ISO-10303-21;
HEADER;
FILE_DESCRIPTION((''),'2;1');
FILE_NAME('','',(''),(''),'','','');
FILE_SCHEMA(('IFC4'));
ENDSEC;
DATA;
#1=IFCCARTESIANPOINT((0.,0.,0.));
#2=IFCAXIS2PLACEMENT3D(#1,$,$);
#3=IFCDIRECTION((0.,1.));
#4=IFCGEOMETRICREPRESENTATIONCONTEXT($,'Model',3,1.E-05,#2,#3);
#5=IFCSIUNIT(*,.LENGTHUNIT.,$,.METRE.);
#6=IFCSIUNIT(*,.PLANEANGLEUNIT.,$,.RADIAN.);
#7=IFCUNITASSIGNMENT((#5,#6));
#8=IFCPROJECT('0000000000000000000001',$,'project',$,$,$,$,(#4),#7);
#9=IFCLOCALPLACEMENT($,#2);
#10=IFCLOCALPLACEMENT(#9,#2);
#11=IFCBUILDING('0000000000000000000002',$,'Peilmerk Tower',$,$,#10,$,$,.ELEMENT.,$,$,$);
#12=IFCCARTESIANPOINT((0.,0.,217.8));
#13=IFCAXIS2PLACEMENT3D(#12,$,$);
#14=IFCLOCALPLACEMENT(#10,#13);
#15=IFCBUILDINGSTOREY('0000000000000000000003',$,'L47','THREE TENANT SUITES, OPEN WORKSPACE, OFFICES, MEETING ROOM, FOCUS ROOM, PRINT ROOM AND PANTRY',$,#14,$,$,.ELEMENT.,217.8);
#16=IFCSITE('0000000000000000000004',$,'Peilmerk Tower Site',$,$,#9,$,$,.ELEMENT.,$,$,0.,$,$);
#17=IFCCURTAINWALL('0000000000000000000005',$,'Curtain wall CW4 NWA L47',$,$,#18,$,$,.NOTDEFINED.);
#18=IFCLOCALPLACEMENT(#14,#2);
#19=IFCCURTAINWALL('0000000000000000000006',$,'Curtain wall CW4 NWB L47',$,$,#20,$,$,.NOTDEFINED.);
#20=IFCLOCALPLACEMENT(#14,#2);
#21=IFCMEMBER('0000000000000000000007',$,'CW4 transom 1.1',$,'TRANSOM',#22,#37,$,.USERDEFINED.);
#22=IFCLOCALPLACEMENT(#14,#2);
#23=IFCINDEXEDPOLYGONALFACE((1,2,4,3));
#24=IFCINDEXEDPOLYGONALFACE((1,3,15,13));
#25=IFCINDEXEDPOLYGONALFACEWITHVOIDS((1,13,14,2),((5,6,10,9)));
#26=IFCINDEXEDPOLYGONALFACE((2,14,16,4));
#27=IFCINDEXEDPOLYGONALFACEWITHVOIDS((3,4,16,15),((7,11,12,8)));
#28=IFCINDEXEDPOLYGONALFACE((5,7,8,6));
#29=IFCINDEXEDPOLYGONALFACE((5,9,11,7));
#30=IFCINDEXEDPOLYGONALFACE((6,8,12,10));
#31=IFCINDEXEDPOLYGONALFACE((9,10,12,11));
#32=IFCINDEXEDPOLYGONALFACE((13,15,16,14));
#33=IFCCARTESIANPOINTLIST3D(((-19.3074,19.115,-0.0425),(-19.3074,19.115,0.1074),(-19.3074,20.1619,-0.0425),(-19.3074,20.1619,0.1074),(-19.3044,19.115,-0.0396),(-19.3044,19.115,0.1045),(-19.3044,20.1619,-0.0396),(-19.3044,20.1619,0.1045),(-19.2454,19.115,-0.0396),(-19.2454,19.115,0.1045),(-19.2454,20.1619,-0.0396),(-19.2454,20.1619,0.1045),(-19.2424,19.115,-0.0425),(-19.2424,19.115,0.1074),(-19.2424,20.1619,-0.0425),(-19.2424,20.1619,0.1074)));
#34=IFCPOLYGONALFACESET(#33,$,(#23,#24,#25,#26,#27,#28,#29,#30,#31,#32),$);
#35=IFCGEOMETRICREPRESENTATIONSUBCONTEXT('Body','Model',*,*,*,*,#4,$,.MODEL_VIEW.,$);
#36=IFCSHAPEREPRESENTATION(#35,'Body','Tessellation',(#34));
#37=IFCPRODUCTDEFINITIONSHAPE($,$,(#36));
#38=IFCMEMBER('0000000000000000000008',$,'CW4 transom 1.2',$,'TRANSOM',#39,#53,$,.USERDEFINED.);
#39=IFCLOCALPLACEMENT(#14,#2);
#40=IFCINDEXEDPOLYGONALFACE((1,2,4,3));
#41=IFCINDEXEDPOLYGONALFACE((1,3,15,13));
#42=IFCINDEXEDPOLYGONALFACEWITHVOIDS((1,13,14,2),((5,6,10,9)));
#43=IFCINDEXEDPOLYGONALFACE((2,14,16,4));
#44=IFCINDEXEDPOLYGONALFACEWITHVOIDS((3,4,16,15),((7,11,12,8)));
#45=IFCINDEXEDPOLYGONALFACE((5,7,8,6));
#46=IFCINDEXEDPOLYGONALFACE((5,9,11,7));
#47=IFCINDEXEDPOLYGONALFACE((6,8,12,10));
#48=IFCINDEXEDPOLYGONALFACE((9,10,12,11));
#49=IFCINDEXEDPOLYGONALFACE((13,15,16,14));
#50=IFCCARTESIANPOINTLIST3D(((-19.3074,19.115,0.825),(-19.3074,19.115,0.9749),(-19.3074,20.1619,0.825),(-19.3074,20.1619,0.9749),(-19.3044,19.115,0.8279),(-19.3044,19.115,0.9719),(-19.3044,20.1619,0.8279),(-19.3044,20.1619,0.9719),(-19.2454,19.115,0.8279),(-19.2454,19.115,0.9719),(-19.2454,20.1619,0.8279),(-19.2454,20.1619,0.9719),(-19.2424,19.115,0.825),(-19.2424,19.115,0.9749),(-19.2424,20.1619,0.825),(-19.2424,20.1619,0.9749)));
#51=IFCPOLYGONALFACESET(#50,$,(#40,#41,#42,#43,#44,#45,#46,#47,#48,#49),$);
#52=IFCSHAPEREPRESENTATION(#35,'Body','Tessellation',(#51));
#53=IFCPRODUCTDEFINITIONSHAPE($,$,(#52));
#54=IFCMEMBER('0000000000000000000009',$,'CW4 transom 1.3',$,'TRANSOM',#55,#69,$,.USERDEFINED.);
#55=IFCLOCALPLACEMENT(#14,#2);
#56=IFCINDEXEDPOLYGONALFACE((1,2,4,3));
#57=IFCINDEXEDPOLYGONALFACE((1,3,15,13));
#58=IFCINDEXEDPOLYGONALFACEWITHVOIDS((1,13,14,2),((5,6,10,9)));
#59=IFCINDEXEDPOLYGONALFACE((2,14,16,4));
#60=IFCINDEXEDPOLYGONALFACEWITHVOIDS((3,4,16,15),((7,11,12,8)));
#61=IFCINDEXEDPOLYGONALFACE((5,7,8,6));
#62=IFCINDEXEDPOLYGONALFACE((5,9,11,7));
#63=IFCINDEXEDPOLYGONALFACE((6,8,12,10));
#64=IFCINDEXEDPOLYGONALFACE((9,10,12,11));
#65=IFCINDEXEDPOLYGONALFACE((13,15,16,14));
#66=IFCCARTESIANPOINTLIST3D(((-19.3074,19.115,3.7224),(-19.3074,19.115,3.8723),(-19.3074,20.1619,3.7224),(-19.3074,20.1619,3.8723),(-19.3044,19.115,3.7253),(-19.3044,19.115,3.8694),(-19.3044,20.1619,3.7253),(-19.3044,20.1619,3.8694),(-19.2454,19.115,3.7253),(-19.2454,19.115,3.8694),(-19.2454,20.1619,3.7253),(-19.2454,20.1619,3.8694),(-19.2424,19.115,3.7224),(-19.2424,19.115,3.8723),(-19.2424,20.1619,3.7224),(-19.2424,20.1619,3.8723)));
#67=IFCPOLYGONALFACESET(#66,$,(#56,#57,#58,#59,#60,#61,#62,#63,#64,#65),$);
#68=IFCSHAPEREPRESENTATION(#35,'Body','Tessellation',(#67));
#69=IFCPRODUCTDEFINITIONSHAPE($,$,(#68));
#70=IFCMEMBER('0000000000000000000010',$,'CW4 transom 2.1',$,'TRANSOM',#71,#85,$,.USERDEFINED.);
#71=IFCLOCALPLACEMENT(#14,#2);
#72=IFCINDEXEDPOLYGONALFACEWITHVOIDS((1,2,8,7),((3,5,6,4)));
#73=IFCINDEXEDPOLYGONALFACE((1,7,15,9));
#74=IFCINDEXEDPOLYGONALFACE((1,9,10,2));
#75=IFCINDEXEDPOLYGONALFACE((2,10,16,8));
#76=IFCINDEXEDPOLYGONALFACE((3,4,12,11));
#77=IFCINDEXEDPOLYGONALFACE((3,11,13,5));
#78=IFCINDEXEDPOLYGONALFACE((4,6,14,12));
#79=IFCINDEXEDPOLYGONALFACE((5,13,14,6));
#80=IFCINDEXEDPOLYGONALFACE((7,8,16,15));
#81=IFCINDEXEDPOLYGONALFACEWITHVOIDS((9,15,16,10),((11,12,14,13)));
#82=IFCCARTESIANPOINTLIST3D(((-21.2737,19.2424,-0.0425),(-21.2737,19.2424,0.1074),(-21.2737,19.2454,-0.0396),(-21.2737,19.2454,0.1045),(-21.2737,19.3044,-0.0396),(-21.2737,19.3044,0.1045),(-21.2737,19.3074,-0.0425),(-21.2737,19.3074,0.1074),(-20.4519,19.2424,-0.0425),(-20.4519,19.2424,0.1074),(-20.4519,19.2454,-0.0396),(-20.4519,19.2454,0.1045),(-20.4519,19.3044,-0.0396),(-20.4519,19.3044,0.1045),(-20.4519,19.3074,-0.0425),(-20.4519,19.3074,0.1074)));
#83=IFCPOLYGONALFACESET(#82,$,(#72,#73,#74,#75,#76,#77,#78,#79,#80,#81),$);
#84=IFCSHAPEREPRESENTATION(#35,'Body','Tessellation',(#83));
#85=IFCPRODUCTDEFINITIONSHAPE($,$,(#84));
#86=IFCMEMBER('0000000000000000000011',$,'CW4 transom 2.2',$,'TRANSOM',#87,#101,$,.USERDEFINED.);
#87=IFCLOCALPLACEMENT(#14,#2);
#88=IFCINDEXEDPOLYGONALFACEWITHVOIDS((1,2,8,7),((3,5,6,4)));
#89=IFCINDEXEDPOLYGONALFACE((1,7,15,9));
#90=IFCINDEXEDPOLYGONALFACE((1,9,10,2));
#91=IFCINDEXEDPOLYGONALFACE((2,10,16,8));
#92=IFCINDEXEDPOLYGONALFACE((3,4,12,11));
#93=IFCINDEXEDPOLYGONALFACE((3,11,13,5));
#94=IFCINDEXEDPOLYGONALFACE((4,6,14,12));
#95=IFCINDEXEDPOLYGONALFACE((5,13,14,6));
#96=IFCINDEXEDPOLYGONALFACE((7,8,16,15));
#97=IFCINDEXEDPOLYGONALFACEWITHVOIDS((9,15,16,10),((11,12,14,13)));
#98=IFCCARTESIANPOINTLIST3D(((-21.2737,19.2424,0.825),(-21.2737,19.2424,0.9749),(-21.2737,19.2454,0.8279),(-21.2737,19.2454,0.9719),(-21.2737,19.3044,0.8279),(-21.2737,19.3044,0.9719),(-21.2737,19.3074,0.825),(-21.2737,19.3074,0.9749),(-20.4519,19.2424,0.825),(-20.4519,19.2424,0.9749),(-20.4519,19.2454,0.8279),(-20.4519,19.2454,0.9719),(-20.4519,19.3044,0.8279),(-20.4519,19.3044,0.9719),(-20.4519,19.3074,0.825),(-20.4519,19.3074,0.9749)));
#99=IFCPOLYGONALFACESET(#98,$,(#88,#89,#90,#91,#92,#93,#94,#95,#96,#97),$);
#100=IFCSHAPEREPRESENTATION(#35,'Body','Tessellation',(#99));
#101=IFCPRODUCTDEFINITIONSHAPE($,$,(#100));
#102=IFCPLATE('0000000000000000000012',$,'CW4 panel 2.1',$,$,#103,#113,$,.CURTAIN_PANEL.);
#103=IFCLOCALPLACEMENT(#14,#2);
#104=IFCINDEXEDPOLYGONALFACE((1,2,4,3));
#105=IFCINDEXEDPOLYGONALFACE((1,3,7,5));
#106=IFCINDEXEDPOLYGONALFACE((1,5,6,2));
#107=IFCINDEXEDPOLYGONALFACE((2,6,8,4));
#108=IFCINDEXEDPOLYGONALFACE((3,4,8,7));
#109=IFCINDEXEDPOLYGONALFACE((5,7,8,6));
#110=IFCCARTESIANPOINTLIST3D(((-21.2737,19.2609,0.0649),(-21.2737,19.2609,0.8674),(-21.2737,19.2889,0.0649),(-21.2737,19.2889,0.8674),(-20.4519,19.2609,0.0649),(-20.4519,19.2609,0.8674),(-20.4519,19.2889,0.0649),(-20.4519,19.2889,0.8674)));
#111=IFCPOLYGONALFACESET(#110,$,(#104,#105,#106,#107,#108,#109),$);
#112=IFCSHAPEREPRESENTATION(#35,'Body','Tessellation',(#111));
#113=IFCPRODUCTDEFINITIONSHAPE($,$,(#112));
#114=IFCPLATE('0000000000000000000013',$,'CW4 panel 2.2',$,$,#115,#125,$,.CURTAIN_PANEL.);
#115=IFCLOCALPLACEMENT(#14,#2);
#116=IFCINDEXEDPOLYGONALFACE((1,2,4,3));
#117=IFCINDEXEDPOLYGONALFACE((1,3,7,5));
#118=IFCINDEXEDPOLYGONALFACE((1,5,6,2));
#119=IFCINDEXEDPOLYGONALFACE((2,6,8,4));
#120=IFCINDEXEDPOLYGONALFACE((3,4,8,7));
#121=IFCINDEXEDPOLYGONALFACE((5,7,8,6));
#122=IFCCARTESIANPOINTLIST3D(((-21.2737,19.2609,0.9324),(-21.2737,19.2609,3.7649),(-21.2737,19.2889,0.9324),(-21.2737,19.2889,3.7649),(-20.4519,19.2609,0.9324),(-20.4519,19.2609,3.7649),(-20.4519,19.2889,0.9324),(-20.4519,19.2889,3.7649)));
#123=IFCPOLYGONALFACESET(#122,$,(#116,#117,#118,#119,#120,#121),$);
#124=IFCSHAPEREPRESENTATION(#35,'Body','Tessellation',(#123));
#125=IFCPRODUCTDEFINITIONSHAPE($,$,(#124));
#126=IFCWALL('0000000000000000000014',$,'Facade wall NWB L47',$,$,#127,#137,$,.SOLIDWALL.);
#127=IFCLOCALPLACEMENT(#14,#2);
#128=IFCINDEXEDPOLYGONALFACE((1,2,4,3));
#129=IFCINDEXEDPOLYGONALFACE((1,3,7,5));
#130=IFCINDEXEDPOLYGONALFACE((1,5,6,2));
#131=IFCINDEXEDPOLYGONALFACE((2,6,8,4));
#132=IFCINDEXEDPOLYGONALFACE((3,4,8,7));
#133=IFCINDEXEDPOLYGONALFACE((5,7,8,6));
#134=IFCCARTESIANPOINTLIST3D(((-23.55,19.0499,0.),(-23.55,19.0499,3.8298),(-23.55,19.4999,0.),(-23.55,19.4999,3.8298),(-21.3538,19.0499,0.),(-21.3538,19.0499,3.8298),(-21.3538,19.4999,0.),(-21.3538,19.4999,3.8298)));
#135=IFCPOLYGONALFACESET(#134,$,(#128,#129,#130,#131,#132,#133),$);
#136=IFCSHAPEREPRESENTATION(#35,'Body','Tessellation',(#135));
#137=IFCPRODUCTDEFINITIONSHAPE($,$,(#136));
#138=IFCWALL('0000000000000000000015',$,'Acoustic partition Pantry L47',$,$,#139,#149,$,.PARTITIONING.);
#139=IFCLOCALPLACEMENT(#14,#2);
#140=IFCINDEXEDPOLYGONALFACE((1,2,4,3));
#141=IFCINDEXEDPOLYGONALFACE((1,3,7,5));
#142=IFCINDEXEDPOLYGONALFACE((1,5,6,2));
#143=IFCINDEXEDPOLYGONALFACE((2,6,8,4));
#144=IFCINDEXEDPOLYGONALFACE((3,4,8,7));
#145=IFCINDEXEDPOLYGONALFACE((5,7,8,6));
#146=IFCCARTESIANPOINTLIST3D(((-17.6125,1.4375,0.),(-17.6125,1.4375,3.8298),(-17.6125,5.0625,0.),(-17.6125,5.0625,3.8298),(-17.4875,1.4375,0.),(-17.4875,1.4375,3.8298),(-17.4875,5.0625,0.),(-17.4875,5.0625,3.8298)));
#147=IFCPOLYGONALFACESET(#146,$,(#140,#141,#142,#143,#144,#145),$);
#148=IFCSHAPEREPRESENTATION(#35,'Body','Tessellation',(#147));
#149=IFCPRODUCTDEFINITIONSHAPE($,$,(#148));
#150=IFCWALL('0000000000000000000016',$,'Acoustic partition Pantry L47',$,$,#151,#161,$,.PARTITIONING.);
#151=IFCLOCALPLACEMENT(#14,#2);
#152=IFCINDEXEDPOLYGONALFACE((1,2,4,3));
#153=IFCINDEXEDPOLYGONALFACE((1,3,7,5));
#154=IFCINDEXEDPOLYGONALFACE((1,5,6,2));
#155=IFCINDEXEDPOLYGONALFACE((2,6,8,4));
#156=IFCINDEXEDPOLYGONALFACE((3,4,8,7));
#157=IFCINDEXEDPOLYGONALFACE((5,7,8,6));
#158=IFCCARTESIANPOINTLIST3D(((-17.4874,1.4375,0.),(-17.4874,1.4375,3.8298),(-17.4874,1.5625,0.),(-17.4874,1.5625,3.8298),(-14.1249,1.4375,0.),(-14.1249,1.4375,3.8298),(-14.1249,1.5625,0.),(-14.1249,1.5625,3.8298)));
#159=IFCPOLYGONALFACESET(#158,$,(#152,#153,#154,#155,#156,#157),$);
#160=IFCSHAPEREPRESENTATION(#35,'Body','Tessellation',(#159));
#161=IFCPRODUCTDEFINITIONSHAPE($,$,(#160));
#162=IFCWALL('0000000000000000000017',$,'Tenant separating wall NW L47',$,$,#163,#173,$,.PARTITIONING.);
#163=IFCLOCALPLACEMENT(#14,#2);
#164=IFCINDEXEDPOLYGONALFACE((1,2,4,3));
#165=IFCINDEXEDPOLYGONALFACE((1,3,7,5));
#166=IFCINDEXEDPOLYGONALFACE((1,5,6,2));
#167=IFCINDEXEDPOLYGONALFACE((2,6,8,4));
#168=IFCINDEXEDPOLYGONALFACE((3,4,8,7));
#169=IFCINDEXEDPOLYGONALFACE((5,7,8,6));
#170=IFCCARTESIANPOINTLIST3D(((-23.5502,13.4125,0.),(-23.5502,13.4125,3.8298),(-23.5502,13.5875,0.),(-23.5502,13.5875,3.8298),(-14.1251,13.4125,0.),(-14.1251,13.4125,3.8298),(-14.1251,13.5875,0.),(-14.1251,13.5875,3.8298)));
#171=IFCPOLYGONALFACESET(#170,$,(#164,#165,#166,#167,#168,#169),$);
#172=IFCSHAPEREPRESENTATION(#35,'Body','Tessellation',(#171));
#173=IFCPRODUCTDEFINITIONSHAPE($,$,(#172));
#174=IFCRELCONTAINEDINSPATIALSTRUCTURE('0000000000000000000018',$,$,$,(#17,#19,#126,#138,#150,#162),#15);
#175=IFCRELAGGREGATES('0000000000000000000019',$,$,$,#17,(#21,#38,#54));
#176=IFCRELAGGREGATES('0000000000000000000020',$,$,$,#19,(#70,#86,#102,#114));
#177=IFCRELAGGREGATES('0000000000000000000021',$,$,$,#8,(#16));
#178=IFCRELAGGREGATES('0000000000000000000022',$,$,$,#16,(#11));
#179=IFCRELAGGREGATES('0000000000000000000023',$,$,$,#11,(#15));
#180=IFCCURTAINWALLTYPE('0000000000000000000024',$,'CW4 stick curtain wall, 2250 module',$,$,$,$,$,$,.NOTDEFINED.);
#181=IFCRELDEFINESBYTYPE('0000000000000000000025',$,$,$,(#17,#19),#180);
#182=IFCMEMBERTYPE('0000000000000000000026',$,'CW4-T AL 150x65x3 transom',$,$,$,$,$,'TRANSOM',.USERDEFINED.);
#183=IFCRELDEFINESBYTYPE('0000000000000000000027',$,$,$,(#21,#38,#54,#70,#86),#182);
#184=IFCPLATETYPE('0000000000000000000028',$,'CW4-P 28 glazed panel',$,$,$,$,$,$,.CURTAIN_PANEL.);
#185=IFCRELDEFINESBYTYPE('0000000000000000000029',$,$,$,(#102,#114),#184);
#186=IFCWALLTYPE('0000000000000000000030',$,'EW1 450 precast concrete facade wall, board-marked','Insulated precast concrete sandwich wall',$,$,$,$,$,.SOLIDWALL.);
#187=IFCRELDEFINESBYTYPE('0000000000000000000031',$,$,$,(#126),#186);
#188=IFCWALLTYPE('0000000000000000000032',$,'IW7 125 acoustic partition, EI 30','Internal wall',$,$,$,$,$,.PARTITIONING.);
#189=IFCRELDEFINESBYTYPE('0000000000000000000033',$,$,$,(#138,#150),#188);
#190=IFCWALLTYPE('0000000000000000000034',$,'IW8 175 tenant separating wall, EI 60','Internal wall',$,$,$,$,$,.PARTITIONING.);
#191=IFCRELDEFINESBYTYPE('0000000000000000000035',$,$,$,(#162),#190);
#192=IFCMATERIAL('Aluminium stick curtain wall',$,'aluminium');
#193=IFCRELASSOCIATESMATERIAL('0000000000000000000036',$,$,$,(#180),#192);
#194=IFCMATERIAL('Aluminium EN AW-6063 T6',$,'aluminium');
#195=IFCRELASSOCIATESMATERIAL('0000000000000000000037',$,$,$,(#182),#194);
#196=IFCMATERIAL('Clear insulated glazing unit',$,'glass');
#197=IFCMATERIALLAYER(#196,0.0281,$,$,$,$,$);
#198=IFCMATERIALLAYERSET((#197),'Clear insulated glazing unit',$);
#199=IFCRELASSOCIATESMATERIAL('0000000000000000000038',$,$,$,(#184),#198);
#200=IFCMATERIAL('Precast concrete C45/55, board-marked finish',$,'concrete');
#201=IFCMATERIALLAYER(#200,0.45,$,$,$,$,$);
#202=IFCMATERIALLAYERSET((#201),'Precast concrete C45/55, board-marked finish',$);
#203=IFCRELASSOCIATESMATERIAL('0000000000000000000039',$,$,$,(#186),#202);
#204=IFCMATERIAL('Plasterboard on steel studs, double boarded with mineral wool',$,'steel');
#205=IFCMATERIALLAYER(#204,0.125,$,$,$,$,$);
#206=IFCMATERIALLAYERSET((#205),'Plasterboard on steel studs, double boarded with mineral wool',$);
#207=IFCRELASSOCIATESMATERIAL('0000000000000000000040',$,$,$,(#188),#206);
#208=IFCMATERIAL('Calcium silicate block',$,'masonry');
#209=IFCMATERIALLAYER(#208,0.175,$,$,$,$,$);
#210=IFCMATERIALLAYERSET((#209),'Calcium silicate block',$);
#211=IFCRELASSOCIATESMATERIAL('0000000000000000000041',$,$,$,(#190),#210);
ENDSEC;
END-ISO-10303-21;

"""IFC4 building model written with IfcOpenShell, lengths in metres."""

from ifc_helpers import new_model, si_unit, direction, frame, frame_2d, origin, origin_2d, place, context, subcontext, project, spatial, rectangle, hollow_rectangle, extrude, material, layer, layer_set, material_profile, profile_set, type_object, element, aggregate, save


model = new_model("IFC4")

# Units and contexts
model_context = context("Model", 3, precision=1e-05, world=origin(), true_north=direction((0.0, 1.0)))
body_context = subcontext(model_context, "Body", "Model", "MODEL_VIEW")
ifc_project = project(units=[si_unit("LENGTHUNIT", "METRE"), si_unit("PLANEANGLEUNIT", "RADIAN")], contexts=[model_context])

# Site, building, storey
site_placement = place(None, origin())
site = spatial("IfcSite", under=ifc_project, at=site_placement, Name="Peilmerk Tower Site", CompositionType="ELEMENT", RefElevation=0.0)
building_placement = place(site_placement, origin())
building = spatial("IfcBuilding", under=site, at=building_placement, Name="Peilmerk Tower", CompositionType="ELEMENT")
storey_placement = place(building_placement, frame((0.0, 0.0, 217.8)))
storey = spatial("IfcBuildingStorey", under=building, at=storey_placement, Name="L47", Description="THREE TENANT SUITES, OPEN WORKSPACE, OFFICES, MEETING ROOM, FOCUS ROOM, PRINT ROOM AND PANTRY", CompositionType="ELEMENT", Elevation=217.8)

# Curtain walls
ifc_material_1 = material(Name="Aluminium stick curtain wall", Category="aluminium")
curtain_wall_type = type_object("IfcCurtainWallType", Name="CW4 stick curtain wall, 2250 module", PredefinedType="NOTDEFINED", material=ifc_material_1)
curtain_wall_1_placement = place(storey_placement, origin())
curtain_wall_1 = element("IfcCurtainWall", 1, at=curtain_wall_1_placement, inside=storey, type_object=curtain_wall_type, Name="Curtain wall CW4 NWA L47", PredefinedType="NOTDEFINED")
ifc_material_2 = material(Name="Aluminium EN AW-6063 T6", Category="aluminium")
curtain_wall_2_placement = place(storey_placement, origin())
curtain_wall_2 = element("IfcCurtainWall", 2, at=curtain_wall_2_placement, inside=storey, type_object=curtain_wall_type, Name="Curtain wall CW4 NWB L47", PredefinedType="NOTDEFINED")

# Members
ifc_material_profile_1 = material_profile(ifc_material_2, hollow_rectangle(XDim=0.0649, YDim=0.1499, WallThickness=0.0029, at=origin_2d()), Name="AL 150x65x3")
ifc_profile_set_1 = profile_set([ifc_material_profile_1], Name="Aluminium EN AW-6063 T6")
member_type_1 = type_object("IfcMemberType", Name="CW4-T AL 150x65x3 transom", ElementType="TRANSOM", PredefinedType="USERDEFINED", material=ifc_profile_set_1)
member_1_placement = place(storey_placement, frame((-19.2749, 19.115, 0.0325), z_axis=(0.0, 1.0, 0.0), x_axis=(-1.0, 0.0, 0.0)))
member_1 = element("IfcMember", 3, at=member_1_placement, type_object=member_type_1, Name="CW4 transom 1.1", ObjectType="TRANSOM", PredefinedType="USERDEFINED", context=body_context, shape_type="SweptSolid", body=[
    extrude(hollow_rectangle(XDim=0.0649, YDim=0.1499, WallThickness=0.0029, at=origin_2d()), origin(), (0.0, 0.0, 1.0), 1.0469),
])
member_2_placement = place(storey_placement, frame((-19.2749, 19.115, 0.8999), z_axis=(0.0, 1.0, 0.0), x_axis=(-1.0, 0.0, 0.0)))
member_2 = element("IfcMember", 4, at=member_2_placement, type_object=member_type_1, Name="CW4 transom 1.2", ObjectType="TRANSOM", PredefinedType="USERDEFINED", context=body_context, shape_type="SweptSolid", body=[
    extrude(hollow_rectangle(XDim=0.0649, YDim=0.1499, WallThickness=0.0029, at=origin_2d()), origin(), (0.0, 0.0, 1.0), 1.0469),
])
member_3_placement = place(storey_placement, frame((-19.2749, 19.115, 3.7974), z_axis=(0.0, 1.0, 0.0), x_axis=(-1.0, 0.0, 0.0)))
member_3 = element("IfcMember", 5, at=member_3_placement, type_object=member_type_1, Name="CW4 transom 1.3", ObjectType="TRANSOM", PredefinedType="USERDEFINED", context=body_context, shape_type="SweptSolid", body=[
    extrude(hollow_rectangle(XDim=0.0649, YDim=0.1499, WallThickness=0.0029, at=origin_2d()), origin(), (0.0, 0.0, 1.0), 1.0469),
])
aggregate(curtain_wall_1, [member_1, member_2, member_3])
member_4_placement = place(storey_placement, frame((-20.4519, 19.2749, 0.0325), z_axis=(-1.0, 0.0, 0.0), x_axis=(0.0, -1.0, 0.0)))
member_4 = element("IfcMember", 6, at=member_4_placement, type_object=member_type_1, Name="CW4 transom 2.1", ObjectType="TRANSOM", PredefinedType="USERDEFINED", context=body_context, shape_type="SweptSolid", body=[
    extrude(hollow_rectangle(XDim=0.0649, YDim=0.1499, WallThickness=0.0029, at=origin_2d()), origin(), (0.0, 0.0, 1.0), 0.8218),
])
member_5_placement = place(storey_placement, frame((-20.4519, 19.2749, 0.8999), z_axis=(-1.0, 0.0, 0.0), x_axis=(0.0, -1.0, 0.0)))
member_5 = element("IfcMember", 7, at=member_5_placement, type_object=member_type_1, Name="CW4 transom 2.2", ObjectType="TRANSOM", PredefinedType="USERDEFINED", context=body_context, shape_type="SweptSolid", body=[
    extrude(hollow_rectangle(XDim=0.0649, YDim=0.1499, WallThickness=0.0029, at=origin_2d()), origin(), (0.0, 0.0, 1.0), 0.8218),
])

# Plates
ifc_material_3 = material(Name="Clear insulated glazing unit", Category="glass")
ifc_layer_1 = layer(ifc_material_3, 0.0281)
ifc_layer_set_1 = layer_set([ifc_layer_1], Name="Clear insulated glazing unit")
plate_type = type_object("IfcPlateType", Name="CW4-P 28 glazed panel", PredefinedType="CURTAIN_PANEL", material=ifc_layer_set_1)
plate_1_placement = place(storey_placement, frame((-20.8628, 19.2749, 0.0649), z_axis=(0.0, 0.0, 1.0), x_axis=(-1.0, 0.0, 0.0)))
plate_1 = element("IfcPlate", 8, at=plate_1_placement, type_object=plate_type, Name="CW4 panel 2.1", PredefinedType="CURTAIN_PANEL", context=body_context, shape_type="SweptSolid", body=[
    extrude(rectangle(XDim=0.8218, YDim=0.0281, at=origin_2d()), origin(), (0.0, 0.0, 1.0), 0.8025),
])
plate_2_placement = place(storey_placement, frame((-20.8628, 19.2749, 0.9324), z_axis=(0.0, 0.0, 1.0), x_axis=(-1.0, 0.0, 0.0)))
plate_2 = element("IfcPlate", 9, at=plate_2_placement, type_object=plate_type, Name="CW4 panel 2.2", PredefinedType="CURTAIN_PANEL", context=body_context, shape_type="SweptSolid", body=[
    extrude(rectangle(XDim=0.8218, YDim=0.0281, at=origin_2d()), origin(), (0.0, 0.0, 1.0), 2.8325),
])
aggregate(curtain_wall_2, [member_4, member_5, plate_1, plate_2])

# Walls
ifc_material_4 = material(Name="Precast concrete C45/55, board-marked finish", Category="concrete")
ifc_layer_2 = layer(ifc_material_4, 0.45)
ifc_layer_set_2 = layer_set([ifc_layer_2], Name="Precast concrete C45/55, board-marked finish")
wall_type_1 = type_object("IfcWallType", Name="EW1 450 precast concrete facade wall, board-marked", Description="Insulated precast concrete sandwich wall", PredefinedType="SOLIDWALL", material=ifc_layer_set_2)
wall_1_placement = place(storey_placement, frame((-21.3538, 19.2749, 0.0), z_axis=(0.0, 0.0, 1.0), x_axis=(-1.0, 0.0, 0.0)))
element("IfcWall", 10, at=wall_1_placement, inside=storey, type_object=wall_type_1, Name="Facade wall NWB L47", PredefinedType="SOLIDWALL", context=body_context, shape_type="SweptSolid", body=[
    extrude(rectangle(XDim=2.1963, YDim=0.45, at=frame_2d((1.0981, 0.0))), origin(), (0.0, 0.0, 1.0), 3.8298),
])
ifc_material_5 = material(Name="Plasterboard on steel studs, double boarded with mineral wool", Category="steel")
ifc_layer_3 = layer(ifc_material_5, 0.125)
ifc_layer_set_3 = layer_set([ifc_layer_3], Name="Plasterboard on steel studs, double boarded with mineral wool")
wall_type_2 = type_object("IfcWallType", Name="IW7 125 acoustic partition, EI 30", Description="Internal wall", PredefinedType="PARTITIONING", material=ifc_layer_set_3)
wall_2_placement = place(storey_placement, frame((-17.55, 1.4375, 0.0), z_axis=(0.0, 0.0, 1.0), x_axis=(0.0, 1.0, 0.0)))
element("IfcWall", 11, at=wall_2_placement, inside=storey, type_object=wall_type_2, Name="Acoustic partition Pantry L47", PredefinedType="PARTITIONING", context=body_context, shape_type="SweptSolid", body=[
    extrude(rectangle(XDim=3.625, YDim=0.125, at=frame_2d((1.8125, 0.0))), origin(), (0.0, 0.0, 1.0), 3.8298),
])
wall_3_placement = place(storey_placement, frame((-14.125, 1.5, 0.0), z_axis=(0.0, 0.0, 1.0), x_axis=(-1.0, 0.0, 0.0)))
element("IfcWall", 12, at=wall_3_placement, inside=storey, type_object=wall_type_2, Name="Acoustic partition Pantry L47", PredefinedType="PARTITIONING", context=body_context, shape_type="SweptSolid", body=[
    extrude(rectangle(XDim=3.3625, YDim=0.125, at=frame_2d((1.6812, 0.0))), origin(), (0.0, 0.0, 1.0), 3.8298),
])
ifc_material_6 = material(Name="Calcium silicate block", Category="masonry")
ifc_layer_4 = layer(ifc_material_6, 0.175)
ifc_layer_set_4 = layer_set([ifc_layer_4], Name="Calcium silicate block")
wall_type_3 = type_object("IfcWallType", Name="IW8 175 tenant separating wall, EI 60", Description="Internal wall", PredefinedType="PARTITIONING", material=ifc_layer_set_4)
wall_4_placement = place(storey_placement, frame((-23.55, 13.5, 0.0), z_axis=(0.0, 0.0, 1.0), x_axis=(1.0, 0.0, 0.0)))
element("IfcWall", 13, at=wall_4_placement, inside=storey, type_object=wall_type_3, Name="Tenant separating wall NW L47", PredefinedType="PARTITIONING", context=body_context, shape_type="SweptSolid", body=[
    extrude(rectangle(XDim=9.425, YDim=0.175, at=frame_2d((4.7124, 0.0))), origin(), (0.0, 0.0, 1.0), 3.8298),
])

save(model, "model.ifc")
